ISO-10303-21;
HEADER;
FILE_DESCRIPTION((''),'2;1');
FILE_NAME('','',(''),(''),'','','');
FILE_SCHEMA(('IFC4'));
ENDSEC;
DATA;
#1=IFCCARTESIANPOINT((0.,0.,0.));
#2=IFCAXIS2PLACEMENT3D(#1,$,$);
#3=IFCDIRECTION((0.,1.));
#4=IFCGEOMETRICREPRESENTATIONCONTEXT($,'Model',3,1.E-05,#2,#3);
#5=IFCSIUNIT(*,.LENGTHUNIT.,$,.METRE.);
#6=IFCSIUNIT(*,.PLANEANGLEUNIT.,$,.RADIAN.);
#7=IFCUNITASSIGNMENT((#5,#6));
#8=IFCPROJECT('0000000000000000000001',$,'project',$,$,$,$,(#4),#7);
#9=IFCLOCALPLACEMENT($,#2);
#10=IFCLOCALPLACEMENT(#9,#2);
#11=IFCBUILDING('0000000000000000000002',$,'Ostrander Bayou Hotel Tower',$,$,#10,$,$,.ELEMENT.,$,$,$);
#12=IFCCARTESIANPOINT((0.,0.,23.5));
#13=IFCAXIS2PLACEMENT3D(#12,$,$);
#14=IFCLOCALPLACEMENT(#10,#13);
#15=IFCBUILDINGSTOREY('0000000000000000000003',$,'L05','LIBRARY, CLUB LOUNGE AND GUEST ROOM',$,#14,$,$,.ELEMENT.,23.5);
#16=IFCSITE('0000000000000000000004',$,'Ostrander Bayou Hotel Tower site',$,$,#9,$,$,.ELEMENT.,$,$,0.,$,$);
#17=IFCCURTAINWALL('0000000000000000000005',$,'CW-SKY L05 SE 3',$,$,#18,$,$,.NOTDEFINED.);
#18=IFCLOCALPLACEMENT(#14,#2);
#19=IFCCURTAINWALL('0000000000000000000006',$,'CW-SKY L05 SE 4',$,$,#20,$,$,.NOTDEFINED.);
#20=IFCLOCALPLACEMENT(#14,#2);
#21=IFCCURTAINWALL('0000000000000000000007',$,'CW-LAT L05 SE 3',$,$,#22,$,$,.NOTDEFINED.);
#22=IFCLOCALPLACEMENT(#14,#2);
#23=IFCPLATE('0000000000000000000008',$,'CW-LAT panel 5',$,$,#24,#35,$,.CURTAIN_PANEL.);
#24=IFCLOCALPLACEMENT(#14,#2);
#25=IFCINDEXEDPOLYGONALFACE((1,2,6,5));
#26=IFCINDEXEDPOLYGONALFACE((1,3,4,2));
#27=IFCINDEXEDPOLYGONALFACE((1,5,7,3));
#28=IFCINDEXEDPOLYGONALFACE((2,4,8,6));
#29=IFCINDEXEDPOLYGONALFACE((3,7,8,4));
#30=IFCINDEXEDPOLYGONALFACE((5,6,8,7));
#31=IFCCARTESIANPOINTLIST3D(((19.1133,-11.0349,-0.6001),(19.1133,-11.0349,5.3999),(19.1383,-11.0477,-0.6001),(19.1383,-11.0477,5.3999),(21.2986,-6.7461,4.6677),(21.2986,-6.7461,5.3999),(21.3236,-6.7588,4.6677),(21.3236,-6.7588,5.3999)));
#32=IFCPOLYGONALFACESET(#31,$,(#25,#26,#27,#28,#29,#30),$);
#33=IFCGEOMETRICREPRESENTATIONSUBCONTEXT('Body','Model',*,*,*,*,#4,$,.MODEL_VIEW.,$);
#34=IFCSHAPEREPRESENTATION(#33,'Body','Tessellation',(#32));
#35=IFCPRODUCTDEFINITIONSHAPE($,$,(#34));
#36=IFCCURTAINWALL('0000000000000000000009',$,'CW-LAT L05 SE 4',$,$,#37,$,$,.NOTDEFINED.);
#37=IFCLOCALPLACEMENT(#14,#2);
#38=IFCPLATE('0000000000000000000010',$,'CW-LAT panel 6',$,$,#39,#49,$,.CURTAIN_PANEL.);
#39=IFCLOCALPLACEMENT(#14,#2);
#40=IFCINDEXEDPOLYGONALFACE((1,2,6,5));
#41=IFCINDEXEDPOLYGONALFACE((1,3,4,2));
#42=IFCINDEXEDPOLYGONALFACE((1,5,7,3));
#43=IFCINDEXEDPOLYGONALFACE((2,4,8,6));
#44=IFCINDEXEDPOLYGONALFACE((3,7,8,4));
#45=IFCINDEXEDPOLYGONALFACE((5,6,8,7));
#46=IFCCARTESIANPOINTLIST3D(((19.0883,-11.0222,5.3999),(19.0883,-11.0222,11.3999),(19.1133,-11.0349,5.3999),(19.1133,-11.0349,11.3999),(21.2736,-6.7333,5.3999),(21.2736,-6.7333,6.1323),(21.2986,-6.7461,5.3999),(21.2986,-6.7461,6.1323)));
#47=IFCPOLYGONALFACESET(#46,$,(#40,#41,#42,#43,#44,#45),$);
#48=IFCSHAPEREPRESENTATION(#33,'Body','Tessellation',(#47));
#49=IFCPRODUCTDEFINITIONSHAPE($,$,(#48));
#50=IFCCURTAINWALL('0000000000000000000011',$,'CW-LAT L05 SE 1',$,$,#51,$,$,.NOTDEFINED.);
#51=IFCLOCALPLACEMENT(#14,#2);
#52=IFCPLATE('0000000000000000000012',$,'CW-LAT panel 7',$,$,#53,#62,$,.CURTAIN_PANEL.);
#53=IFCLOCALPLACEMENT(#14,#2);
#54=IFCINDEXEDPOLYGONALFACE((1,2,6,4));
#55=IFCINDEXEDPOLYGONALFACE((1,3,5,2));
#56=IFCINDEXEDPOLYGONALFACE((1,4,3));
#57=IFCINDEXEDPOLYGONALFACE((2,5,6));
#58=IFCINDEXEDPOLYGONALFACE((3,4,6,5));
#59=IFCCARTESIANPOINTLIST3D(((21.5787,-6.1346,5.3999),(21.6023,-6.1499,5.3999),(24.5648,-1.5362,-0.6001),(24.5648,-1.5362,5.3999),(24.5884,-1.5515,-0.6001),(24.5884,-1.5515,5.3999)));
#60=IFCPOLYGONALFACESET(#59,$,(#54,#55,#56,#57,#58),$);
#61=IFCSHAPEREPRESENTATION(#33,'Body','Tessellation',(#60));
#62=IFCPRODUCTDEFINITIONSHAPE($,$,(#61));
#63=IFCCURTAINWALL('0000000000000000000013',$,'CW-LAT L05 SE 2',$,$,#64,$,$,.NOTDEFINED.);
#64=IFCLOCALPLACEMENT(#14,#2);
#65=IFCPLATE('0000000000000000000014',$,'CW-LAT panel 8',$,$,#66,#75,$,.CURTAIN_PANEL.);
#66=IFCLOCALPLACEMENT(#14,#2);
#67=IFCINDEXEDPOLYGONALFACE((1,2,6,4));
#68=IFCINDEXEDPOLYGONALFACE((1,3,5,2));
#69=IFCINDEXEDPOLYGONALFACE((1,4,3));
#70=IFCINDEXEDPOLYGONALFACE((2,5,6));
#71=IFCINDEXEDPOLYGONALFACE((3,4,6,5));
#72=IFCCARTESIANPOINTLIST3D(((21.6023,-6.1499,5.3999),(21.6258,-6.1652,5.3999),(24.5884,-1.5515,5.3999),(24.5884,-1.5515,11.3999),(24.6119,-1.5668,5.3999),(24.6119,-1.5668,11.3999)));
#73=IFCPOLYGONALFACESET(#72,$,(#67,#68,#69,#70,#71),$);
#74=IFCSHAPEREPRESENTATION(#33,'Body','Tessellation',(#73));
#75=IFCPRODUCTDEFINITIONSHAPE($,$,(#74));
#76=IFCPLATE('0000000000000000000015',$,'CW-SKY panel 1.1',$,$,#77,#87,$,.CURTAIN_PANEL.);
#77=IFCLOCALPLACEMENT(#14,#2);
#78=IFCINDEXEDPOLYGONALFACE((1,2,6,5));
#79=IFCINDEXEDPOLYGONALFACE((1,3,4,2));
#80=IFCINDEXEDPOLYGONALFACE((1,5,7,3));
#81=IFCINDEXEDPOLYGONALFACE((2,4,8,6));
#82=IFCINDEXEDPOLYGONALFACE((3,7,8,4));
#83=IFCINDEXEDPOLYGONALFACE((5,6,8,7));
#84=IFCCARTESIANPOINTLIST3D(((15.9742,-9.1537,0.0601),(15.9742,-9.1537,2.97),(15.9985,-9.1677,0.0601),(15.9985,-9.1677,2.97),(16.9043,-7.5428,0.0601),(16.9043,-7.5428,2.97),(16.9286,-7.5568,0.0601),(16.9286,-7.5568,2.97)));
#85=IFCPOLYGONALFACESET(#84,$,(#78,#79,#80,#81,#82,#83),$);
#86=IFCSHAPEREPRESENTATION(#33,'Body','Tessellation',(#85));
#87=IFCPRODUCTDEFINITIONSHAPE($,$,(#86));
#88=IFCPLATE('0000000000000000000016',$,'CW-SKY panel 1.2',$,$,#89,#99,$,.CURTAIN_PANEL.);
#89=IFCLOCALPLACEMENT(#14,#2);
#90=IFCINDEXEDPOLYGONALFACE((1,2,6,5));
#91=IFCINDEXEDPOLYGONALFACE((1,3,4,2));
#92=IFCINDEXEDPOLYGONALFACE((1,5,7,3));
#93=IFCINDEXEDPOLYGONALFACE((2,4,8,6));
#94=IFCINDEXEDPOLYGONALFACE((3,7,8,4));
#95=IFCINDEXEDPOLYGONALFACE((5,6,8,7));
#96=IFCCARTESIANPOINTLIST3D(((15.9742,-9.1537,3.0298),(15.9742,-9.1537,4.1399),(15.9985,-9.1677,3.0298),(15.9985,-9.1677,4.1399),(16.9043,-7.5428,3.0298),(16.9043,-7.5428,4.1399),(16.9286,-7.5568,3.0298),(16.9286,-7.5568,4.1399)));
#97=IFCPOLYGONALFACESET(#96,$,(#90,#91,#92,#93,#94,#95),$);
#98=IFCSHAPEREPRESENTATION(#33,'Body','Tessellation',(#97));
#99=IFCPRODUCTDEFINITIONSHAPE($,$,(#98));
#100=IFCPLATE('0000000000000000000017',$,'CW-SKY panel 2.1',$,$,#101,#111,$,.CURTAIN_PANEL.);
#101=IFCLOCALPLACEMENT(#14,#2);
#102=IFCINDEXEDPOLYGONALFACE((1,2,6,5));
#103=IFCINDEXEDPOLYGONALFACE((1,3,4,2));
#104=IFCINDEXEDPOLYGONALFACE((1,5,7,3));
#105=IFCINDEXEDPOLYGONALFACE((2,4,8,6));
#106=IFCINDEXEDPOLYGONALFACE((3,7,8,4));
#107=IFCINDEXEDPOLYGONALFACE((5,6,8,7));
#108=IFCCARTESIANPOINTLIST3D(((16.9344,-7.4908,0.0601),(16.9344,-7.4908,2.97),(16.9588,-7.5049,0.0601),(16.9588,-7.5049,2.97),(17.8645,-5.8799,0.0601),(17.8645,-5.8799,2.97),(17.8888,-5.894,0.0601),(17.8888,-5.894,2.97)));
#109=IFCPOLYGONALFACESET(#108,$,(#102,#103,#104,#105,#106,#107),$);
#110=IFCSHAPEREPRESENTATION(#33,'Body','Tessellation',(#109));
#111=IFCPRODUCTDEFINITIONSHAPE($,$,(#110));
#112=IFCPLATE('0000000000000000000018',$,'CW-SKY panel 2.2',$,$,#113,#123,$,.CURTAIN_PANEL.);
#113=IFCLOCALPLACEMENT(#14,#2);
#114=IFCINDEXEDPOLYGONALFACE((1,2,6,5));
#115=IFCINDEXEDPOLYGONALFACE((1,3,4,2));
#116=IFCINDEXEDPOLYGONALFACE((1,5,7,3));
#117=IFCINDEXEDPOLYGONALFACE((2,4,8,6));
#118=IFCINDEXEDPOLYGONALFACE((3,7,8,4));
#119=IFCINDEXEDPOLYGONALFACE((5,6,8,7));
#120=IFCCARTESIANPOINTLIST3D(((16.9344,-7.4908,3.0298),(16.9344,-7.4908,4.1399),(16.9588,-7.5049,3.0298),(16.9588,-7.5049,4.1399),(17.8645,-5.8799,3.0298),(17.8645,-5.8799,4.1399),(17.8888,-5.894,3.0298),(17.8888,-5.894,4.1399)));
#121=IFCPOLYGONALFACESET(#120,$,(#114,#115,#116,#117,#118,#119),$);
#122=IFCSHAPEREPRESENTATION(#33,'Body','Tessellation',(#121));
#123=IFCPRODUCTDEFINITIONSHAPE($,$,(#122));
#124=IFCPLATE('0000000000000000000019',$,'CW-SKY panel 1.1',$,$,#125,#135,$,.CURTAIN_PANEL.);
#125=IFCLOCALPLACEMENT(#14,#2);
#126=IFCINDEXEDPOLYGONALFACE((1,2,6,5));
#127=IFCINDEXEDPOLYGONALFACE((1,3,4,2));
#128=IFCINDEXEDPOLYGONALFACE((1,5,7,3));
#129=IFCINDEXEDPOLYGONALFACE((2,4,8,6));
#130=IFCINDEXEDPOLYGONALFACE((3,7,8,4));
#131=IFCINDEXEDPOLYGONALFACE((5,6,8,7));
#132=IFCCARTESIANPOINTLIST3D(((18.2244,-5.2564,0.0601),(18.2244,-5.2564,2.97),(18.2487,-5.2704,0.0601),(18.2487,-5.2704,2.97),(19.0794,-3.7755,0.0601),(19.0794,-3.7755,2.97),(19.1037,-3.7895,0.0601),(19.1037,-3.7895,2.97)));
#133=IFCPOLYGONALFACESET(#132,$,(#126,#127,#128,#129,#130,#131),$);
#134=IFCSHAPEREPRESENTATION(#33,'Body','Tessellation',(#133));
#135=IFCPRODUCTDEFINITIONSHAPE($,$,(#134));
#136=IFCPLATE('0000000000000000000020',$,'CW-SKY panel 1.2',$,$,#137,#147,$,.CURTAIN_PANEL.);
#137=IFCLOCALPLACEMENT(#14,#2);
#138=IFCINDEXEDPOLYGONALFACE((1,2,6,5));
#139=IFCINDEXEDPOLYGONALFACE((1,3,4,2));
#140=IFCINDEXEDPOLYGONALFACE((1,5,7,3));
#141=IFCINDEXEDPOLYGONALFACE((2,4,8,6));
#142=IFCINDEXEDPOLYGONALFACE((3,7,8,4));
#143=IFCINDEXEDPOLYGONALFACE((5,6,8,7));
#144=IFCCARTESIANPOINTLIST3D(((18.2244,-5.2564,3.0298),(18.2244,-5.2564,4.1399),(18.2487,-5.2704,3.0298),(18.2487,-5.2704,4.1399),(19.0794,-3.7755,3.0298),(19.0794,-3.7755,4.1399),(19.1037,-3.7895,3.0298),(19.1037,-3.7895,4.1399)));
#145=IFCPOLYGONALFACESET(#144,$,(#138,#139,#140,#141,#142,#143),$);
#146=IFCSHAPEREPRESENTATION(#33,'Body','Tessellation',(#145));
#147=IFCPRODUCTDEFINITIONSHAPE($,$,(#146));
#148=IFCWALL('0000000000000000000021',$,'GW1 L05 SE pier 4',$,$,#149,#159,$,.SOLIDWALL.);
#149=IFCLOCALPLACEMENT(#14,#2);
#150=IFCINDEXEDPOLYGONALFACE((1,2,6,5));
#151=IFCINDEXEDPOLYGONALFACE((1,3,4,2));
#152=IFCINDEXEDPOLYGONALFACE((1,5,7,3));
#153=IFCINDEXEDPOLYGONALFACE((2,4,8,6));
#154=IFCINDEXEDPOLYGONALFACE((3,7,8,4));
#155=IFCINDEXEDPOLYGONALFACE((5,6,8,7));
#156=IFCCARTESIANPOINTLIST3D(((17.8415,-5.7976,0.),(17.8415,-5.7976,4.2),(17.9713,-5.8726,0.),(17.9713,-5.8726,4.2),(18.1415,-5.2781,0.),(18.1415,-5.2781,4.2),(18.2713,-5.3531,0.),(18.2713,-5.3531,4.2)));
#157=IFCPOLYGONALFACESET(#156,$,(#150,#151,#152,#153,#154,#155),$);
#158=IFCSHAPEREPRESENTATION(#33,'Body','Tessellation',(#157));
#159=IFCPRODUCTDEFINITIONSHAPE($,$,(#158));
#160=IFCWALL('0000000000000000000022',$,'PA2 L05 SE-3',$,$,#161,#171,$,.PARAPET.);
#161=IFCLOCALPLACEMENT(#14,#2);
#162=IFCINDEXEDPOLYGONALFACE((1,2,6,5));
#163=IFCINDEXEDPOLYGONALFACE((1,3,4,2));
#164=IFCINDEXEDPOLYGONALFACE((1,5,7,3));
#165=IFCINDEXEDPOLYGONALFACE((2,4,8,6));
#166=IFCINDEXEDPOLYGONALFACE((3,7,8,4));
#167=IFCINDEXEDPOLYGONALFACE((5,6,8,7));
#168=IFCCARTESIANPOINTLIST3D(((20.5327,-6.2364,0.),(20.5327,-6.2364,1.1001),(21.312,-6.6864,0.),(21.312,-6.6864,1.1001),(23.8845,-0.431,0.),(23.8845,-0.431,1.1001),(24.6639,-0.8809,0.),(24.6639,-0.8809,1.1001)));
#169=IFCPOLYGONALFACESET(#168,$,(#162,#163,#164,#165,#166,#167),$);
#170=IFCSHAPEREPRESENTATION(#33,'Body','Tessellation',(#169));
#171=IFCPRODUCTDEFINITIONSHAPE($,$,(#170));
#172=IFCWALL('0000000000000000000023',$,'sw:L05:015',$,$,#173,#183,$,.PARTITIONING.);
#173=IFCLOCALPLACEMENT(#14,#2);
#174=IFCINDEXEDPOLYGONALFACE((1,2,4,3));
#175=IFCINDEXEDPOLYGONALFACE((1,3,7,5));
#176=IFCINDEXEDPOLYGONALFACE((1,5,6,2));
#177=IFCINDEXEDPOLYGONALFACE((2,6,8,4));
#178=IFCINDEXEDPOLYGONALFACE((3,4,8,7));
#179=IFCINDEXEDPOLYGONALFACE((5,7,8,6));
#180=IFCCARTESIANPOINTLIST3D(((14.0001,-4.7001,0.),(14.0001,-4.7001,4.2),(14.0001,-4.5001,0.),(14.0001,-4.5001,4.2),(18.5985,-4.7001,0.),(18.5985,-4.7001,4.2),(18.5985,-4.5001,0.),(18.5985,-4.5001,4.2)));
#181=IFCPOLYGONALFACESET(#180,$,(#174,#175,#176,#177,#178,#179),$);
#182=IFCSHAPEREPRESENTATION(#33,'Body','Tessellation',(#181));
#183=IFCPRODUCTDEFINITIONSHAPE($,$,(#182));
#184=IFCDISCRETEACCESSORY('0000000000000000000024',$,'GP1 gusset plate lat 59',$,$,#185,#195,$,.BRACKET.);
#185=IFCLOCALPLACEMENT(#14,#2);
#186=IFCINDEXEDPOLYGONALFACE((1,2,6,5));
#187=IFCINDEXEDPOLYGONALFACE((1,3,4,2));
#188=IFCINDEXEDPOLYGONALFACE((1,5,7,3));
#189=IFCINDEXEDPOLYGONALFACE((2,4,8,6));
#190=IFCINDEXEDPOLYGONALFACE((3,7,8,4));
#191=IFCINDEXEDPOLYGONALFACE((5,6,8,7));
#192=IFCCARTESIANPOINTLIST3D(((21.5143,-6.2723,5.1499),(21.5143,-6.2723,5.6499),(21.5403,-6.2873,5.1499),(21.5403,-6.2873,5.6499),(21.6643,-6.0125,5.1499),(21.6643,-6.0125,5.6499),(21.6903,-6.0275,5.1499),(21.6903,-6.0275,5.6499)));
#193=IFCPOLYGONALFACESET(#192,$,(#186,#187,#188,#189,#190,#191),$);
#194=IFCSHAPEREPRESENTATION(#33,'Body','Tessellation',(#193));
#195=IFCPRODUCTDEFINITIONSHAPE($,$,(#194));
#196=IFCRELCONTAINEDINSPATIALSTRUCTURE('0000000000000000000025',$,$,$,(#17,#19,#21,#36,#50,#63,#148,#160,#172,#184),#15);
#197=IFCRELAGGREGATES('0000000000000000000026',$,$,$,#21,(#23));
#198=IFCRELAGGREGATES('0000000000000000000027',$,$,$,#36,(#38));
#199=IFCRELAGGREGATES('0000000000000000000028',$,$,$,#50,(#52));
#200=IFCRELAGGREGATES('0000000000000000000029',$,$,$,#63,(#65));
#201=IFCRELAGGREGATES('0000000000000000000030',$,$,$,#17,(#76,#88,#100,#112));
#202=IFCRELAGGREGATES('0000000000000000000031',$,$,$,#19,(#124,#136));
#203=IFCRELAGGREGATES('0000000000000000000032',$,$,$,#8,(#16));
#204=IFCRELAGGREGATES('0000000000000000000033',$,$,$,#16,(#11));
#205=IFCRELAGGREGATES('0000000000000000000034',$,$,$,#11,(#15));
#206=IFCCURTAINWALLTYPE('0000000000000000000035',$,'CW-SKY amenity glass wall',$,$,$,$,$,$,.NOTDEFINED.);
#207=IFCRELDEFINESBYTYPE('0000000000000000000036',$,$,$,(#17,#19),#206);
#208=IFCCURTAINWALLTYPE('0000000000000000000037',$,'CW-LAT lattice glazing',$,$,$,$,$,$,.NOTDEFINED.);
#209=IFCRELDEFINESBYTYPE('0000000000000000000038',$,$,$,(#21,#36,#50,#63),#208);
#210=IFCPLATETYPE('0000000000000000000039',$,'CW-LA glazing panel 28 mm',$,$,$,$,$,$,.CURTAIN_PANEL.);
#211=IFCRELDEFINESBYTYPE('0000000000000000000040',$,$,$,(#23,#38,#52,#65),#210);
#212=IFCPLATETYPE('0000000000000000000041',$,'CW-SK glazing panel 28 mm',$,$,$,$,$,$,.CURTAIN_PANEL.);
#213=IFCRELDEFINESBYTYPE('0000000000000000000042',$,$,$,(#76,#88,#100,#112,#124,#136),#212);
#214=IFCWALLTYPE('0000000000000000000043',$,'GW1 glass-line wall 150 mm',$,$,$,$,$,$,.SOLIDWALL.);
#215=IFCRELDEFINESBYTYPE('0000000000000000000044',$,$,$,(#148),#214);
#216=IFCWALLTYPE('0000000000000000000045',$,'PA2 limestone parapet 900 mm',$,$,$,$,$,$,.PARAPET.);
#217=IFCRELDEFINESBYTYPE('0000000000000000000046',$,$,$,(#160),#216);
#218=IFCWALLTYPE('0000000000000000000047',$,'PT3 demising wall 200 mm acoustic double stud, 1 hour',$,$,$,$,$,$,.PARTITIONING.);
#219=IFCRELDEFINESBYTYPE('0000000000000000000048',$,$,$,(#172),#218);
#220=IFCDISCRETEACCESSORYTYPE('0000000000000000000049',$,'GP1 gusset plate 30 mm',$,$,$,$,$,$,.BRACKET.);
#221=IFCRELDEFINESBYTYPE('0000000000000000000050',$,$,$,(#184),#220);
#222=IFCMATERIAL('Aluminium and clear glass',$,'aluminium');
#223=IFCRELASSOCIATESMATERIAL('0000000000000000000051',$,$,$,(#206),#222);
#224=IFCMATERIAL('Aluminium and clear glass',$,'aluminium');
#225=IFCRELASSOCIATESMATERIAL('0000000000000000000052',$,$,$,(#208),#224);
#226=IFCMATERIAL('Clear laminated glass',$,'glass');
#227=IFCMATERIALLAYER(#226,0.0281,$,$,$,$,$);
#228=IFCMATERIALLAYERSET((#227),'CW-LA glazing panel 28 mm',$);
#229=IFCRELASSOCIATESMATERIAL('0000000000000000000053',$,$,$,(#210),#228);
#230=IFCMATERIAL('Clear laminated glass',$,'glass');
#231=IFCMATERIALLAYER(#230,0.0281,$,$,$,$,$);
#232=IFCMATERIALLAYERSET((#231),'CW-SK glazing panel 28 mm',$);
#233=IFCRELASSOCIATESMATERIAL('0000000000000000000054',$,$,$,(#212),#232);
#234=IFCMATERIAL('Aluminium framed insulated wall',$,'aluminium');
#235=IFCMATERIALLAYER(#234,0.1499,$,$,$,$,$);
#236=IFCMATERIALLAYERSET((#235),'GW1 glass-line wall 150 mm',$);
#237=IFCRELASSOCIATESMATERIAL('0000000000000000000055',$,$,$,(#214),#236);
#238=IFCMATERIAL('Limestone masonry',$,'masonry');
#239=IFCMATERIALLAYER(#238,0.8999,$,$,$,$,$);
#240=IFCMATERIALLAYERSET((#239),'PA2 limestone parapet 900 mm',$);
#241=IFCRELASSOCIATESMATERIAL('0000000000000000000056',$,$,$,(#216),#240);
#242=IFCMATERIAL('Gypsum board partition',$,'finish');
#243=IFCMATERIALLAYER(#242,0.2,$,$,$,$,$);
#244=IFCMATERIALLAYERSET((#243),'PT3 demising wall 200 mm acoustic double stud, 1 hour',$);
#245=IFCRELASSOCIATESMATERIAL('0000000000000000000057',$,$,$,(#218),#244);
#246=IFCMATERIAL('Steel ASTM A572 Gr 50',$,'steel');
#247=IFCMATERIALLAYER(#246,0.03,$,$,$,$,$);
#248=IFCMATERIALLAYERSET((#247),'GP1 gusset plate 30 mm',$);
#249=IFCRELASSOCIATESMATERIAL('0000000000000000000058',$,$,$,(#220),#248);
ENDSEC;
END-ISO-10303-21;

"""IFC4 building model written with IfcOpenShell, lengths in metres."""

from ifc_helpers import new_model, si_unit, direction, frame, frame_2d, origin, origin_2d, place, context, subcontext, project, spatial, polyline, rectangle, outline, extrude, material, layer, layer_set, type_object, element, aggregate, save


model = new_model("IFC4")

# Units and contexts
model_context = context("Model", 3, precision=1e-05, world=origin(), true_north=direction((0.0, 1.0)))
body_context = subcontext(model_context, "Body", "Model", "MODEL_VIEW")
ifc_project = project(units=[si_unit("LENGTHUNIT", "METRE"), si_unit("PLANEANGLEUNIT", "RADIAN")], contexts=[model_context])

# Site, building, storey
site_placement = place(None, origin())
site = spatial("IfcSite", under=ifc_project, at=site_placement, Name="Ostrander Bayou Hotel Tower site", CompositionType="ELEMENT", RefElevation=0.0)
building_placement = place(site_placement, origin())
building = spatial("IfcBuilding", under=site, at=building_placement, Name="Ostrander Bayou Hotel Tower", CompositionType="ELEMENT")
storey_placement = place(building_placement, frame((0.0, 0.0, 23.5)))
storey = spatial("IfcBuildingStorey", under=building, at=storey_placement, Name="L05", Description="LIBRARY, CLUB LOUNGE AND GUEST ROOM", CompositionType="ELEMENT", Elevation=23.5)

# Curtain walls
ifc_material_1 = material(Name="Aluminium and clear glass", Category="aluminium")
curtain_wall_type_1 = type_object("IfcCurtainWallType", Name="CW-SKY amenity glass wall", PredefinedType="NOTDEFINED", material=ifc_material_1)
curtain_wall_1_placement = place(storey_placement, origin())
curtain_wall_1 = element("IfcCurtainWall", 1, at=curtain_wall_1_placement, inside=storey, type_object=curtain_wall_type_1, Name="CW-SKY L05 SE 3", PredefinedType="NOTDEFINED")
curtain_wall_2_placement = place(storey_placement, origin())
curtain_wall_2 = element("IfcCurtainWall", 2, at=curtain_wall_2_placement, inside=storey, type_object=curtain_wall_type_1, Name="CW-SKY L05 SE 4", PredefinedType="NOTDEFINED")

# Curtain walls, plates
ifc_material_2 = material(Name="Aluminium and clear glass", Category="aluminium")
curtain_wall_type_2 = type_object("IfcCurtainWallType", Name="CW-LAT lattice glazing", PredefinedType="NOTDEFINED", material=ifc_material_2)
curtain_wall_3_placement = place(storey_placement, origin())
curtain_wall_3 = element("IfcCurtainWall", 3, at=curtain_wall_3_placement, inside=storey, type_object=curtain_wall_type_2, Name="CW-LAT L05 SE 3", PredefinedType="NOTDEFINED")
ifc_material_3 = material(Name="Clear laminated glass", Category="glass")
ifc_layer_1 = layer(ifc_material_3, 0.0281)
ifc_layer_set_1 = layer_set([ifc_layer_1], Name="CW-LA glazing panel 28 mm")
plate_type_1 = type_object("IfcPlateType", Name="CW-LA glazing panel 28 mm", PredefinedType="CURTAIN_PANEL", material=ifc_layer_set_1)
plate_1_placement = place(storey_placement, frame((21.2986, -6.7461, 4.6677), z_axis=(-0.891003, 0.453997, 0.0), x_axis=(-0.306245, -0.601029, -0.738226)))
plate_1 = element("IfcPlate", 4, at=plate_1_placement, type_object=plate_type_1, Name="CW-LAT panel 5", PredefinedType="CURTAIN_PANEL", context=body_context, shape_type="SweptSolid", body=[
    extrude(outline(polyline([(0.0, 0.0), (7.1358, 0.0), (2.7064, 4.0473), (-0.5405, 0.4939), (0.0, 0.0)])), origin(), (0.0, 0.0, -1.0), 0.0281),
])
aggregate(curtain_wall_3, [plate_1])
curtain_wall_4_placement = place(storey_placement, origin())
curtain_wall_4 = element("IfcCurtainWall", 5, at=curtain_wall_4_placement, inside=storey, type_object=curtain_wall_type_2, Name="CW-LAT L05 SE 4", PredefinedType="NOTDEFINED")
plate_2_placement = place(storey_placement, frame((21.2986, -6.7461, 6.1323), z_axis=(0.891003, -0.453997, 0.0), x_axis=(-0.306253, -0.601045, 0.73821)))
plate_2 = element("IfcPlate", 6, at=plate_2_placement, type_object=plate_type_1, Name="CW-LAT panel 6", PredefinedType="CURTAIN_PANEL", context=body_context, shape_type="SweptSolid", body=[
    extrude(outline(polyline([(0.0, 0.0), (7.1356, 0.0), (2.7063, 4.0474), (-0.5407, 0.4941), (0.0, 0.0)])), origin(), (0.0, 0.0, -1.0), 0.0281),
])
aggregate(curtain_wall_4, [plate_2])
curtain_wall_5_placement = place(storey_placement, origin())
curtain_wall_5 = element("IfcCurtainWall", 7, at=curtain_wall_5_placement, inside=storey, type_object=curtain_wall_type_2, Name="CW-LAT L05 SE 1", PredefinedType="NOTDEFINED")
plate_3_placement = place(storey_placement, frame((21.6023, -6.1499, 5.3999), z_axis=(0.838683, -0.54462, 0.0), x_axis=(0.367389, 0.565757, -0.738203)))
plate_3 = element("IfcPlate", 8, at=plate_3_placement, type_object=plate_type_1, Name="CW-LAT panel 7", PredefinedType="CURTAIN_PANEL", context=body_context, shape_type="SweptSolid", body=[
    extrude(outline(polyline([(0.0, 0.0), (8.1278, 0.0), (3.6986, 4.0475), (0.0, 0.0)])), origin(), (0.0, 0.0, -1.0), 0.0281),
])
aggregate(curtain_wall_5, [plate_3])
curtain_wall_6_placement = place(storey_placement, origin())
curtain_wall_6 = element("IfcCurtainWall", 9, at=curtain_wall_6_placement, inside=storey, type_object=curtain_wall_type_2, Name="CW-LAT L05 SE 2", PredefinedType="NOTDEFINED")
plate_4_placement = place(storey_placement, frame((21.6023, -6.1499, 5.3999), z_axis=(-0.838683, 0.54462, 0.0), x_axis=(0.367389, 0.565757, 0.738203)))
plate_4 = element("IfcPlate", 10, at=plate_4_placement, type_object=plate_type_1, Name="CW-LAT panel 8", PredefinedType="CURTAIN_PANEL", context=body_context, shape_type="SweptSolid", body=[
    extrude(outline(polyline([(0.0, 0.0), (8.1278, 0.0), (3.6986, 4.0475), (0.0, 0.0)])), origin(), (0.0, 0.0, -1.0), 0.0281),
])
aggregate(curtain_wall_6, [plate_4])

# Plates
ifc_material_4 = material(Name="Clear laminated glass", Category="glass")
ifc_layer_2 = layer(ifc_material_4, 0.0281)
ifc_layer_set_2 = layer_set([ifc_layer_2], Name="CW-SK glazing panel 28 mm")
plate_type_2 = type_object("IfcPlateType", Name="CW-SK glazing panel 28 mm", PredefinedType="CURTAIN_PANEL", material=ifc_layer_set_2)
plate_5_placement = place(storey_placement, frame((16.4514, -8.3552, 0.0601), z_axis=(0.0, 0.0, 1.0), x_axis=(0.5, 0.866025, 0.0)))
plate_5 = element("IfcPlate", 11, at=plate_5_placement, type_object=plate_type_2, Name="CW-SKY panel 1.1", PredefinedType="CURTAIN_PANEL", context=body_context, shape_type="SweptSolid", body=[
    extrude(rectangle(XDim=1.8601, YDim=0.0281, at=origin_2d()), origin(), (0.0, 0.0, 1.0), 2.9099),
])
plate_6_placement = place(storey_placement, frame((16.4514, -8.3552, 3.0298), z_axis=(0.0, 0.0, 1.0), x_axis=(0.5, 0.866025, 0.0)))
plate_6 = element("IfcPlate", 12, at=plate_6_placement, type_object=plate_type_2, Name="CW-SKY panel 1.2", PredefinedType="CURTAIN_PANEL", context=body_context, shape_type="SweptSolid", body=[
    extrude(rectangle(XDim=1.8601, YDim=0.0281, at=origin_2d()), origin(), (0.0, 0.0, 1.0), 1.1101),
])
plate_7_placement = place(storey_placement, frame((17.4116, -6.6924, 0.0601), z_axis=(0.0, 0.0, 1.0), x_axis=(0.5, 0.866025, 0.0)))
plate_7 = element("IfcPlate", 13, at=plate_7_placement, type_object=plate_type_2, Name="CW-SKY panel 2.1", PredefinedType="CURTAIN_PANEL", context=body_context, shape_type="SweptSolid", body=[
    extrude(rectangle(XDim=1.8601, YDim=0.0281, at=origin_2d()), origin(), (0.0, 0.0, 1.0), 2.9099),
])
plate_8_placement = place(storey_placement, frame((17.4116, -6.6924, 3.0298), z_axis=(0.0, 0.0, 1.0), x_axis=(0.5, 0.866025, 0.0)))
plate_8 = element("IfcPlate", 14, at=plate_8_placement, type_object=plate_type_2, Name="CW-SKY panel 2.2", PredefinedType="CURTAIN_PANEL", context=body_context, shape_type="SweptSolid", body=[
    extrude(rectangle(XDim=1.8601, YDim=0.0281, at=origin_2d()), origin(), (0.0, 0.0, 1.0), 1.1101),
])
aggregate(curtain_wall_1, [plate_5, plate_6, plate_7, plate_8])
plate_9_placement = place(storey_placement, frame((18.6641, -4.5229, 0.0601), z_axis=(0.0, 0.0, 1.0), x_axis=(0.499999, 0.866026, 0.0)))
plate_9 = element("IfcPlate", 15, at=plate_9_placement, type_object=plate_type_2, Name="CW-SKY panel 1.1", PredefinedType="CURTAIN_PANEL", context=body_context, shape_type="SweptSolid", body=[
    extrude(rectangle(XDim=1.71, YDim=0.0281, at=origin_2d()), origin(), (0.0, 0.0, 1.0), 2.9099),
])
plate_10_placement = place(storey_placement, frame((18.6641, -4.5229, 3.0298), z_axis=(0.0, 0.0, 1.0), x_axis=(0.499999, 0.866026, 0.0)))
plate_10 = element("IfcPlate", 16, at=plate_10_placement, type_object=plate_type_2, Name="CW-SKY panel 1.2", PredefinedType="CURTAIN_PANEL", context=body_context, shape_type="SweptSolid", body=[
    extrude(rectangle(XDim=1.71, YDim=0.0281, at=origin_2d()), origin(), (0.0, 0.0, 1.0), 1.1101),
])
aggregate(curtain_wall_2, [plate_9, plate_10])

# Walls
ifc_material_5 = material(Name="Aluminium framed insulated wall", Category="aluminium")
ifc_layer_3 = layer(ifc_material_5, 0.1499)
ifc_layer_set_3 = layer_set([ifc_layer_3], Name="GW1 glass-line wall 150 mm")
wall_type_1 = type_object("IfcWallType", Name="GW1 glass-line wall 150 mm", PredefinedType="SOLIDWALL", material=ifc_layer_set_3)
wall_1_placement = place(storey_placement, frame((17.9065, -5.835, 0.0), z_axis=(0.0, 0.0, 1.0), x_axis=(0.500122, 0.865955, 0.0)))
element("IfcWall", 17, at=wall_1_placement, inside=storey, type_object=wall_type_1, Name="GW1 L05 SE pier 4", PredefinedType="SOLIDWALL", context=body_context, shape_type="SweptSolid", body=[
    extrude(rectangle(XDim=0.5999, YDim=0.1499, at=frame_2d((0.2998, 0.0))), origin(), (0.0, 0.0, 1.0), 4.2),
])
ifc_material_6 = material(Name="Limestone masonry", Category="masonry")
ifc_layer_4 = layer(ifc_material_6, 0.8999)
ifc_layer_set_4 = layer_set([ifc_layer_4], Name="PA2 limestone parapet 900 mm")
wall_type_2 = type_object("IfcWallType", Name="PA2 limestone parapet 900 mm", PredefinedType="PARAPET", material=ifc_layer_set_4)
wall_2_placement = place(storey_placement, frame((20.9224, -6.4614, 0.0), z_axis=(0.0, 0.0, 1.0), x_axis=(0.500005, 0.866022, 0.0)))
element("IfcWall", 18, at=wall_2_placement, inside=storey, type_object=wall_type_2, Name="PA2 L05 SE-3", PredefinedType="PARAPET", context=body_context, shape_type="SweptSolid", body=[
    extrude(rectangle(XDim=6.7036, YDim=0.8999, at=frame_2d((3.3518, 0.0))), origin(), (0.0, 0.0, 1.0), 1.1001),
])
ifc_material_7 = material(Name="Gypsum board partition", Category="finish")
ifc_layer_5 = layer(ifc_material_7, 0.2)
ifc_layer_set_5 = layer_set([ifc_layer_5], Name="PT3 demising wall 200 mm acoustic double stud, 1 hour")
wall_type_3 = type_object("IfcWallType", Name="PT3 demising wall 200 mm acoustic double stud, 1 hour", PredefinedType="PARTITIONING", material=ifc_layer_set_5)
wall_3_placement = place(storey_placement, frame((14.0, -4.6001, 0.0), z_axis=(0.0, 0.0, 1.0), x_axis=(1.0, 0.0, 0.0)))
element("IfcWall", 19, at=wall_3_placement, inside=storey, type_object=wall_type_3, Name="sw:L05:015", PredefinedType="PARTITIONING", context=body_context, shape_type="SweptSolid", body=[
    extrude(rectangle(XDim=4.5984, YDim=0.2, at=frame_2d((2.2993, 0.0))), origin(), (0.0, 0.0, 1.0), 4.2),
])

# Discrete accessory
ifc_material_8 = material(Name="Steel ASTM A572 Gr 50", Category="steel")
ifc_layer_6 = layer(ifc_material_8, 0.03)
ifc_layer_set_6 = layer_set([ifc_layer_6], Name="GP1 gusset plate 30 mm")
discrete_accessory_type = type_object("IfcDiscreteAccessoryType", Name="GP1 gusset plate 30 mm", PredefinedType="BRACKET", material=ifc_layer_set_6)
discrete_accessory_placement = place(storey_placement, frame((21.6023, -6.1499, 5.1499), z_axis=(0.0, 0.0, 1.0), x_axis=(0.5, 0.866025, 0.0)))
element("IfcDiscreteAccessory", 20, at=discrete_accessory_placement, inside=storey, type_object=discrete_accessory_type, Name="GP1 gusset plate lat 59", PredefinedType="BRACKET", context=body_context, shape_type="SweptSolid", body=[
    extrude(rectangle(XDim=0.3, YDim=0.03, at=origin_2d()), origin(), (0.0, 0.0, 1.0), 0.5),
])

save(model, "model.ifc")
